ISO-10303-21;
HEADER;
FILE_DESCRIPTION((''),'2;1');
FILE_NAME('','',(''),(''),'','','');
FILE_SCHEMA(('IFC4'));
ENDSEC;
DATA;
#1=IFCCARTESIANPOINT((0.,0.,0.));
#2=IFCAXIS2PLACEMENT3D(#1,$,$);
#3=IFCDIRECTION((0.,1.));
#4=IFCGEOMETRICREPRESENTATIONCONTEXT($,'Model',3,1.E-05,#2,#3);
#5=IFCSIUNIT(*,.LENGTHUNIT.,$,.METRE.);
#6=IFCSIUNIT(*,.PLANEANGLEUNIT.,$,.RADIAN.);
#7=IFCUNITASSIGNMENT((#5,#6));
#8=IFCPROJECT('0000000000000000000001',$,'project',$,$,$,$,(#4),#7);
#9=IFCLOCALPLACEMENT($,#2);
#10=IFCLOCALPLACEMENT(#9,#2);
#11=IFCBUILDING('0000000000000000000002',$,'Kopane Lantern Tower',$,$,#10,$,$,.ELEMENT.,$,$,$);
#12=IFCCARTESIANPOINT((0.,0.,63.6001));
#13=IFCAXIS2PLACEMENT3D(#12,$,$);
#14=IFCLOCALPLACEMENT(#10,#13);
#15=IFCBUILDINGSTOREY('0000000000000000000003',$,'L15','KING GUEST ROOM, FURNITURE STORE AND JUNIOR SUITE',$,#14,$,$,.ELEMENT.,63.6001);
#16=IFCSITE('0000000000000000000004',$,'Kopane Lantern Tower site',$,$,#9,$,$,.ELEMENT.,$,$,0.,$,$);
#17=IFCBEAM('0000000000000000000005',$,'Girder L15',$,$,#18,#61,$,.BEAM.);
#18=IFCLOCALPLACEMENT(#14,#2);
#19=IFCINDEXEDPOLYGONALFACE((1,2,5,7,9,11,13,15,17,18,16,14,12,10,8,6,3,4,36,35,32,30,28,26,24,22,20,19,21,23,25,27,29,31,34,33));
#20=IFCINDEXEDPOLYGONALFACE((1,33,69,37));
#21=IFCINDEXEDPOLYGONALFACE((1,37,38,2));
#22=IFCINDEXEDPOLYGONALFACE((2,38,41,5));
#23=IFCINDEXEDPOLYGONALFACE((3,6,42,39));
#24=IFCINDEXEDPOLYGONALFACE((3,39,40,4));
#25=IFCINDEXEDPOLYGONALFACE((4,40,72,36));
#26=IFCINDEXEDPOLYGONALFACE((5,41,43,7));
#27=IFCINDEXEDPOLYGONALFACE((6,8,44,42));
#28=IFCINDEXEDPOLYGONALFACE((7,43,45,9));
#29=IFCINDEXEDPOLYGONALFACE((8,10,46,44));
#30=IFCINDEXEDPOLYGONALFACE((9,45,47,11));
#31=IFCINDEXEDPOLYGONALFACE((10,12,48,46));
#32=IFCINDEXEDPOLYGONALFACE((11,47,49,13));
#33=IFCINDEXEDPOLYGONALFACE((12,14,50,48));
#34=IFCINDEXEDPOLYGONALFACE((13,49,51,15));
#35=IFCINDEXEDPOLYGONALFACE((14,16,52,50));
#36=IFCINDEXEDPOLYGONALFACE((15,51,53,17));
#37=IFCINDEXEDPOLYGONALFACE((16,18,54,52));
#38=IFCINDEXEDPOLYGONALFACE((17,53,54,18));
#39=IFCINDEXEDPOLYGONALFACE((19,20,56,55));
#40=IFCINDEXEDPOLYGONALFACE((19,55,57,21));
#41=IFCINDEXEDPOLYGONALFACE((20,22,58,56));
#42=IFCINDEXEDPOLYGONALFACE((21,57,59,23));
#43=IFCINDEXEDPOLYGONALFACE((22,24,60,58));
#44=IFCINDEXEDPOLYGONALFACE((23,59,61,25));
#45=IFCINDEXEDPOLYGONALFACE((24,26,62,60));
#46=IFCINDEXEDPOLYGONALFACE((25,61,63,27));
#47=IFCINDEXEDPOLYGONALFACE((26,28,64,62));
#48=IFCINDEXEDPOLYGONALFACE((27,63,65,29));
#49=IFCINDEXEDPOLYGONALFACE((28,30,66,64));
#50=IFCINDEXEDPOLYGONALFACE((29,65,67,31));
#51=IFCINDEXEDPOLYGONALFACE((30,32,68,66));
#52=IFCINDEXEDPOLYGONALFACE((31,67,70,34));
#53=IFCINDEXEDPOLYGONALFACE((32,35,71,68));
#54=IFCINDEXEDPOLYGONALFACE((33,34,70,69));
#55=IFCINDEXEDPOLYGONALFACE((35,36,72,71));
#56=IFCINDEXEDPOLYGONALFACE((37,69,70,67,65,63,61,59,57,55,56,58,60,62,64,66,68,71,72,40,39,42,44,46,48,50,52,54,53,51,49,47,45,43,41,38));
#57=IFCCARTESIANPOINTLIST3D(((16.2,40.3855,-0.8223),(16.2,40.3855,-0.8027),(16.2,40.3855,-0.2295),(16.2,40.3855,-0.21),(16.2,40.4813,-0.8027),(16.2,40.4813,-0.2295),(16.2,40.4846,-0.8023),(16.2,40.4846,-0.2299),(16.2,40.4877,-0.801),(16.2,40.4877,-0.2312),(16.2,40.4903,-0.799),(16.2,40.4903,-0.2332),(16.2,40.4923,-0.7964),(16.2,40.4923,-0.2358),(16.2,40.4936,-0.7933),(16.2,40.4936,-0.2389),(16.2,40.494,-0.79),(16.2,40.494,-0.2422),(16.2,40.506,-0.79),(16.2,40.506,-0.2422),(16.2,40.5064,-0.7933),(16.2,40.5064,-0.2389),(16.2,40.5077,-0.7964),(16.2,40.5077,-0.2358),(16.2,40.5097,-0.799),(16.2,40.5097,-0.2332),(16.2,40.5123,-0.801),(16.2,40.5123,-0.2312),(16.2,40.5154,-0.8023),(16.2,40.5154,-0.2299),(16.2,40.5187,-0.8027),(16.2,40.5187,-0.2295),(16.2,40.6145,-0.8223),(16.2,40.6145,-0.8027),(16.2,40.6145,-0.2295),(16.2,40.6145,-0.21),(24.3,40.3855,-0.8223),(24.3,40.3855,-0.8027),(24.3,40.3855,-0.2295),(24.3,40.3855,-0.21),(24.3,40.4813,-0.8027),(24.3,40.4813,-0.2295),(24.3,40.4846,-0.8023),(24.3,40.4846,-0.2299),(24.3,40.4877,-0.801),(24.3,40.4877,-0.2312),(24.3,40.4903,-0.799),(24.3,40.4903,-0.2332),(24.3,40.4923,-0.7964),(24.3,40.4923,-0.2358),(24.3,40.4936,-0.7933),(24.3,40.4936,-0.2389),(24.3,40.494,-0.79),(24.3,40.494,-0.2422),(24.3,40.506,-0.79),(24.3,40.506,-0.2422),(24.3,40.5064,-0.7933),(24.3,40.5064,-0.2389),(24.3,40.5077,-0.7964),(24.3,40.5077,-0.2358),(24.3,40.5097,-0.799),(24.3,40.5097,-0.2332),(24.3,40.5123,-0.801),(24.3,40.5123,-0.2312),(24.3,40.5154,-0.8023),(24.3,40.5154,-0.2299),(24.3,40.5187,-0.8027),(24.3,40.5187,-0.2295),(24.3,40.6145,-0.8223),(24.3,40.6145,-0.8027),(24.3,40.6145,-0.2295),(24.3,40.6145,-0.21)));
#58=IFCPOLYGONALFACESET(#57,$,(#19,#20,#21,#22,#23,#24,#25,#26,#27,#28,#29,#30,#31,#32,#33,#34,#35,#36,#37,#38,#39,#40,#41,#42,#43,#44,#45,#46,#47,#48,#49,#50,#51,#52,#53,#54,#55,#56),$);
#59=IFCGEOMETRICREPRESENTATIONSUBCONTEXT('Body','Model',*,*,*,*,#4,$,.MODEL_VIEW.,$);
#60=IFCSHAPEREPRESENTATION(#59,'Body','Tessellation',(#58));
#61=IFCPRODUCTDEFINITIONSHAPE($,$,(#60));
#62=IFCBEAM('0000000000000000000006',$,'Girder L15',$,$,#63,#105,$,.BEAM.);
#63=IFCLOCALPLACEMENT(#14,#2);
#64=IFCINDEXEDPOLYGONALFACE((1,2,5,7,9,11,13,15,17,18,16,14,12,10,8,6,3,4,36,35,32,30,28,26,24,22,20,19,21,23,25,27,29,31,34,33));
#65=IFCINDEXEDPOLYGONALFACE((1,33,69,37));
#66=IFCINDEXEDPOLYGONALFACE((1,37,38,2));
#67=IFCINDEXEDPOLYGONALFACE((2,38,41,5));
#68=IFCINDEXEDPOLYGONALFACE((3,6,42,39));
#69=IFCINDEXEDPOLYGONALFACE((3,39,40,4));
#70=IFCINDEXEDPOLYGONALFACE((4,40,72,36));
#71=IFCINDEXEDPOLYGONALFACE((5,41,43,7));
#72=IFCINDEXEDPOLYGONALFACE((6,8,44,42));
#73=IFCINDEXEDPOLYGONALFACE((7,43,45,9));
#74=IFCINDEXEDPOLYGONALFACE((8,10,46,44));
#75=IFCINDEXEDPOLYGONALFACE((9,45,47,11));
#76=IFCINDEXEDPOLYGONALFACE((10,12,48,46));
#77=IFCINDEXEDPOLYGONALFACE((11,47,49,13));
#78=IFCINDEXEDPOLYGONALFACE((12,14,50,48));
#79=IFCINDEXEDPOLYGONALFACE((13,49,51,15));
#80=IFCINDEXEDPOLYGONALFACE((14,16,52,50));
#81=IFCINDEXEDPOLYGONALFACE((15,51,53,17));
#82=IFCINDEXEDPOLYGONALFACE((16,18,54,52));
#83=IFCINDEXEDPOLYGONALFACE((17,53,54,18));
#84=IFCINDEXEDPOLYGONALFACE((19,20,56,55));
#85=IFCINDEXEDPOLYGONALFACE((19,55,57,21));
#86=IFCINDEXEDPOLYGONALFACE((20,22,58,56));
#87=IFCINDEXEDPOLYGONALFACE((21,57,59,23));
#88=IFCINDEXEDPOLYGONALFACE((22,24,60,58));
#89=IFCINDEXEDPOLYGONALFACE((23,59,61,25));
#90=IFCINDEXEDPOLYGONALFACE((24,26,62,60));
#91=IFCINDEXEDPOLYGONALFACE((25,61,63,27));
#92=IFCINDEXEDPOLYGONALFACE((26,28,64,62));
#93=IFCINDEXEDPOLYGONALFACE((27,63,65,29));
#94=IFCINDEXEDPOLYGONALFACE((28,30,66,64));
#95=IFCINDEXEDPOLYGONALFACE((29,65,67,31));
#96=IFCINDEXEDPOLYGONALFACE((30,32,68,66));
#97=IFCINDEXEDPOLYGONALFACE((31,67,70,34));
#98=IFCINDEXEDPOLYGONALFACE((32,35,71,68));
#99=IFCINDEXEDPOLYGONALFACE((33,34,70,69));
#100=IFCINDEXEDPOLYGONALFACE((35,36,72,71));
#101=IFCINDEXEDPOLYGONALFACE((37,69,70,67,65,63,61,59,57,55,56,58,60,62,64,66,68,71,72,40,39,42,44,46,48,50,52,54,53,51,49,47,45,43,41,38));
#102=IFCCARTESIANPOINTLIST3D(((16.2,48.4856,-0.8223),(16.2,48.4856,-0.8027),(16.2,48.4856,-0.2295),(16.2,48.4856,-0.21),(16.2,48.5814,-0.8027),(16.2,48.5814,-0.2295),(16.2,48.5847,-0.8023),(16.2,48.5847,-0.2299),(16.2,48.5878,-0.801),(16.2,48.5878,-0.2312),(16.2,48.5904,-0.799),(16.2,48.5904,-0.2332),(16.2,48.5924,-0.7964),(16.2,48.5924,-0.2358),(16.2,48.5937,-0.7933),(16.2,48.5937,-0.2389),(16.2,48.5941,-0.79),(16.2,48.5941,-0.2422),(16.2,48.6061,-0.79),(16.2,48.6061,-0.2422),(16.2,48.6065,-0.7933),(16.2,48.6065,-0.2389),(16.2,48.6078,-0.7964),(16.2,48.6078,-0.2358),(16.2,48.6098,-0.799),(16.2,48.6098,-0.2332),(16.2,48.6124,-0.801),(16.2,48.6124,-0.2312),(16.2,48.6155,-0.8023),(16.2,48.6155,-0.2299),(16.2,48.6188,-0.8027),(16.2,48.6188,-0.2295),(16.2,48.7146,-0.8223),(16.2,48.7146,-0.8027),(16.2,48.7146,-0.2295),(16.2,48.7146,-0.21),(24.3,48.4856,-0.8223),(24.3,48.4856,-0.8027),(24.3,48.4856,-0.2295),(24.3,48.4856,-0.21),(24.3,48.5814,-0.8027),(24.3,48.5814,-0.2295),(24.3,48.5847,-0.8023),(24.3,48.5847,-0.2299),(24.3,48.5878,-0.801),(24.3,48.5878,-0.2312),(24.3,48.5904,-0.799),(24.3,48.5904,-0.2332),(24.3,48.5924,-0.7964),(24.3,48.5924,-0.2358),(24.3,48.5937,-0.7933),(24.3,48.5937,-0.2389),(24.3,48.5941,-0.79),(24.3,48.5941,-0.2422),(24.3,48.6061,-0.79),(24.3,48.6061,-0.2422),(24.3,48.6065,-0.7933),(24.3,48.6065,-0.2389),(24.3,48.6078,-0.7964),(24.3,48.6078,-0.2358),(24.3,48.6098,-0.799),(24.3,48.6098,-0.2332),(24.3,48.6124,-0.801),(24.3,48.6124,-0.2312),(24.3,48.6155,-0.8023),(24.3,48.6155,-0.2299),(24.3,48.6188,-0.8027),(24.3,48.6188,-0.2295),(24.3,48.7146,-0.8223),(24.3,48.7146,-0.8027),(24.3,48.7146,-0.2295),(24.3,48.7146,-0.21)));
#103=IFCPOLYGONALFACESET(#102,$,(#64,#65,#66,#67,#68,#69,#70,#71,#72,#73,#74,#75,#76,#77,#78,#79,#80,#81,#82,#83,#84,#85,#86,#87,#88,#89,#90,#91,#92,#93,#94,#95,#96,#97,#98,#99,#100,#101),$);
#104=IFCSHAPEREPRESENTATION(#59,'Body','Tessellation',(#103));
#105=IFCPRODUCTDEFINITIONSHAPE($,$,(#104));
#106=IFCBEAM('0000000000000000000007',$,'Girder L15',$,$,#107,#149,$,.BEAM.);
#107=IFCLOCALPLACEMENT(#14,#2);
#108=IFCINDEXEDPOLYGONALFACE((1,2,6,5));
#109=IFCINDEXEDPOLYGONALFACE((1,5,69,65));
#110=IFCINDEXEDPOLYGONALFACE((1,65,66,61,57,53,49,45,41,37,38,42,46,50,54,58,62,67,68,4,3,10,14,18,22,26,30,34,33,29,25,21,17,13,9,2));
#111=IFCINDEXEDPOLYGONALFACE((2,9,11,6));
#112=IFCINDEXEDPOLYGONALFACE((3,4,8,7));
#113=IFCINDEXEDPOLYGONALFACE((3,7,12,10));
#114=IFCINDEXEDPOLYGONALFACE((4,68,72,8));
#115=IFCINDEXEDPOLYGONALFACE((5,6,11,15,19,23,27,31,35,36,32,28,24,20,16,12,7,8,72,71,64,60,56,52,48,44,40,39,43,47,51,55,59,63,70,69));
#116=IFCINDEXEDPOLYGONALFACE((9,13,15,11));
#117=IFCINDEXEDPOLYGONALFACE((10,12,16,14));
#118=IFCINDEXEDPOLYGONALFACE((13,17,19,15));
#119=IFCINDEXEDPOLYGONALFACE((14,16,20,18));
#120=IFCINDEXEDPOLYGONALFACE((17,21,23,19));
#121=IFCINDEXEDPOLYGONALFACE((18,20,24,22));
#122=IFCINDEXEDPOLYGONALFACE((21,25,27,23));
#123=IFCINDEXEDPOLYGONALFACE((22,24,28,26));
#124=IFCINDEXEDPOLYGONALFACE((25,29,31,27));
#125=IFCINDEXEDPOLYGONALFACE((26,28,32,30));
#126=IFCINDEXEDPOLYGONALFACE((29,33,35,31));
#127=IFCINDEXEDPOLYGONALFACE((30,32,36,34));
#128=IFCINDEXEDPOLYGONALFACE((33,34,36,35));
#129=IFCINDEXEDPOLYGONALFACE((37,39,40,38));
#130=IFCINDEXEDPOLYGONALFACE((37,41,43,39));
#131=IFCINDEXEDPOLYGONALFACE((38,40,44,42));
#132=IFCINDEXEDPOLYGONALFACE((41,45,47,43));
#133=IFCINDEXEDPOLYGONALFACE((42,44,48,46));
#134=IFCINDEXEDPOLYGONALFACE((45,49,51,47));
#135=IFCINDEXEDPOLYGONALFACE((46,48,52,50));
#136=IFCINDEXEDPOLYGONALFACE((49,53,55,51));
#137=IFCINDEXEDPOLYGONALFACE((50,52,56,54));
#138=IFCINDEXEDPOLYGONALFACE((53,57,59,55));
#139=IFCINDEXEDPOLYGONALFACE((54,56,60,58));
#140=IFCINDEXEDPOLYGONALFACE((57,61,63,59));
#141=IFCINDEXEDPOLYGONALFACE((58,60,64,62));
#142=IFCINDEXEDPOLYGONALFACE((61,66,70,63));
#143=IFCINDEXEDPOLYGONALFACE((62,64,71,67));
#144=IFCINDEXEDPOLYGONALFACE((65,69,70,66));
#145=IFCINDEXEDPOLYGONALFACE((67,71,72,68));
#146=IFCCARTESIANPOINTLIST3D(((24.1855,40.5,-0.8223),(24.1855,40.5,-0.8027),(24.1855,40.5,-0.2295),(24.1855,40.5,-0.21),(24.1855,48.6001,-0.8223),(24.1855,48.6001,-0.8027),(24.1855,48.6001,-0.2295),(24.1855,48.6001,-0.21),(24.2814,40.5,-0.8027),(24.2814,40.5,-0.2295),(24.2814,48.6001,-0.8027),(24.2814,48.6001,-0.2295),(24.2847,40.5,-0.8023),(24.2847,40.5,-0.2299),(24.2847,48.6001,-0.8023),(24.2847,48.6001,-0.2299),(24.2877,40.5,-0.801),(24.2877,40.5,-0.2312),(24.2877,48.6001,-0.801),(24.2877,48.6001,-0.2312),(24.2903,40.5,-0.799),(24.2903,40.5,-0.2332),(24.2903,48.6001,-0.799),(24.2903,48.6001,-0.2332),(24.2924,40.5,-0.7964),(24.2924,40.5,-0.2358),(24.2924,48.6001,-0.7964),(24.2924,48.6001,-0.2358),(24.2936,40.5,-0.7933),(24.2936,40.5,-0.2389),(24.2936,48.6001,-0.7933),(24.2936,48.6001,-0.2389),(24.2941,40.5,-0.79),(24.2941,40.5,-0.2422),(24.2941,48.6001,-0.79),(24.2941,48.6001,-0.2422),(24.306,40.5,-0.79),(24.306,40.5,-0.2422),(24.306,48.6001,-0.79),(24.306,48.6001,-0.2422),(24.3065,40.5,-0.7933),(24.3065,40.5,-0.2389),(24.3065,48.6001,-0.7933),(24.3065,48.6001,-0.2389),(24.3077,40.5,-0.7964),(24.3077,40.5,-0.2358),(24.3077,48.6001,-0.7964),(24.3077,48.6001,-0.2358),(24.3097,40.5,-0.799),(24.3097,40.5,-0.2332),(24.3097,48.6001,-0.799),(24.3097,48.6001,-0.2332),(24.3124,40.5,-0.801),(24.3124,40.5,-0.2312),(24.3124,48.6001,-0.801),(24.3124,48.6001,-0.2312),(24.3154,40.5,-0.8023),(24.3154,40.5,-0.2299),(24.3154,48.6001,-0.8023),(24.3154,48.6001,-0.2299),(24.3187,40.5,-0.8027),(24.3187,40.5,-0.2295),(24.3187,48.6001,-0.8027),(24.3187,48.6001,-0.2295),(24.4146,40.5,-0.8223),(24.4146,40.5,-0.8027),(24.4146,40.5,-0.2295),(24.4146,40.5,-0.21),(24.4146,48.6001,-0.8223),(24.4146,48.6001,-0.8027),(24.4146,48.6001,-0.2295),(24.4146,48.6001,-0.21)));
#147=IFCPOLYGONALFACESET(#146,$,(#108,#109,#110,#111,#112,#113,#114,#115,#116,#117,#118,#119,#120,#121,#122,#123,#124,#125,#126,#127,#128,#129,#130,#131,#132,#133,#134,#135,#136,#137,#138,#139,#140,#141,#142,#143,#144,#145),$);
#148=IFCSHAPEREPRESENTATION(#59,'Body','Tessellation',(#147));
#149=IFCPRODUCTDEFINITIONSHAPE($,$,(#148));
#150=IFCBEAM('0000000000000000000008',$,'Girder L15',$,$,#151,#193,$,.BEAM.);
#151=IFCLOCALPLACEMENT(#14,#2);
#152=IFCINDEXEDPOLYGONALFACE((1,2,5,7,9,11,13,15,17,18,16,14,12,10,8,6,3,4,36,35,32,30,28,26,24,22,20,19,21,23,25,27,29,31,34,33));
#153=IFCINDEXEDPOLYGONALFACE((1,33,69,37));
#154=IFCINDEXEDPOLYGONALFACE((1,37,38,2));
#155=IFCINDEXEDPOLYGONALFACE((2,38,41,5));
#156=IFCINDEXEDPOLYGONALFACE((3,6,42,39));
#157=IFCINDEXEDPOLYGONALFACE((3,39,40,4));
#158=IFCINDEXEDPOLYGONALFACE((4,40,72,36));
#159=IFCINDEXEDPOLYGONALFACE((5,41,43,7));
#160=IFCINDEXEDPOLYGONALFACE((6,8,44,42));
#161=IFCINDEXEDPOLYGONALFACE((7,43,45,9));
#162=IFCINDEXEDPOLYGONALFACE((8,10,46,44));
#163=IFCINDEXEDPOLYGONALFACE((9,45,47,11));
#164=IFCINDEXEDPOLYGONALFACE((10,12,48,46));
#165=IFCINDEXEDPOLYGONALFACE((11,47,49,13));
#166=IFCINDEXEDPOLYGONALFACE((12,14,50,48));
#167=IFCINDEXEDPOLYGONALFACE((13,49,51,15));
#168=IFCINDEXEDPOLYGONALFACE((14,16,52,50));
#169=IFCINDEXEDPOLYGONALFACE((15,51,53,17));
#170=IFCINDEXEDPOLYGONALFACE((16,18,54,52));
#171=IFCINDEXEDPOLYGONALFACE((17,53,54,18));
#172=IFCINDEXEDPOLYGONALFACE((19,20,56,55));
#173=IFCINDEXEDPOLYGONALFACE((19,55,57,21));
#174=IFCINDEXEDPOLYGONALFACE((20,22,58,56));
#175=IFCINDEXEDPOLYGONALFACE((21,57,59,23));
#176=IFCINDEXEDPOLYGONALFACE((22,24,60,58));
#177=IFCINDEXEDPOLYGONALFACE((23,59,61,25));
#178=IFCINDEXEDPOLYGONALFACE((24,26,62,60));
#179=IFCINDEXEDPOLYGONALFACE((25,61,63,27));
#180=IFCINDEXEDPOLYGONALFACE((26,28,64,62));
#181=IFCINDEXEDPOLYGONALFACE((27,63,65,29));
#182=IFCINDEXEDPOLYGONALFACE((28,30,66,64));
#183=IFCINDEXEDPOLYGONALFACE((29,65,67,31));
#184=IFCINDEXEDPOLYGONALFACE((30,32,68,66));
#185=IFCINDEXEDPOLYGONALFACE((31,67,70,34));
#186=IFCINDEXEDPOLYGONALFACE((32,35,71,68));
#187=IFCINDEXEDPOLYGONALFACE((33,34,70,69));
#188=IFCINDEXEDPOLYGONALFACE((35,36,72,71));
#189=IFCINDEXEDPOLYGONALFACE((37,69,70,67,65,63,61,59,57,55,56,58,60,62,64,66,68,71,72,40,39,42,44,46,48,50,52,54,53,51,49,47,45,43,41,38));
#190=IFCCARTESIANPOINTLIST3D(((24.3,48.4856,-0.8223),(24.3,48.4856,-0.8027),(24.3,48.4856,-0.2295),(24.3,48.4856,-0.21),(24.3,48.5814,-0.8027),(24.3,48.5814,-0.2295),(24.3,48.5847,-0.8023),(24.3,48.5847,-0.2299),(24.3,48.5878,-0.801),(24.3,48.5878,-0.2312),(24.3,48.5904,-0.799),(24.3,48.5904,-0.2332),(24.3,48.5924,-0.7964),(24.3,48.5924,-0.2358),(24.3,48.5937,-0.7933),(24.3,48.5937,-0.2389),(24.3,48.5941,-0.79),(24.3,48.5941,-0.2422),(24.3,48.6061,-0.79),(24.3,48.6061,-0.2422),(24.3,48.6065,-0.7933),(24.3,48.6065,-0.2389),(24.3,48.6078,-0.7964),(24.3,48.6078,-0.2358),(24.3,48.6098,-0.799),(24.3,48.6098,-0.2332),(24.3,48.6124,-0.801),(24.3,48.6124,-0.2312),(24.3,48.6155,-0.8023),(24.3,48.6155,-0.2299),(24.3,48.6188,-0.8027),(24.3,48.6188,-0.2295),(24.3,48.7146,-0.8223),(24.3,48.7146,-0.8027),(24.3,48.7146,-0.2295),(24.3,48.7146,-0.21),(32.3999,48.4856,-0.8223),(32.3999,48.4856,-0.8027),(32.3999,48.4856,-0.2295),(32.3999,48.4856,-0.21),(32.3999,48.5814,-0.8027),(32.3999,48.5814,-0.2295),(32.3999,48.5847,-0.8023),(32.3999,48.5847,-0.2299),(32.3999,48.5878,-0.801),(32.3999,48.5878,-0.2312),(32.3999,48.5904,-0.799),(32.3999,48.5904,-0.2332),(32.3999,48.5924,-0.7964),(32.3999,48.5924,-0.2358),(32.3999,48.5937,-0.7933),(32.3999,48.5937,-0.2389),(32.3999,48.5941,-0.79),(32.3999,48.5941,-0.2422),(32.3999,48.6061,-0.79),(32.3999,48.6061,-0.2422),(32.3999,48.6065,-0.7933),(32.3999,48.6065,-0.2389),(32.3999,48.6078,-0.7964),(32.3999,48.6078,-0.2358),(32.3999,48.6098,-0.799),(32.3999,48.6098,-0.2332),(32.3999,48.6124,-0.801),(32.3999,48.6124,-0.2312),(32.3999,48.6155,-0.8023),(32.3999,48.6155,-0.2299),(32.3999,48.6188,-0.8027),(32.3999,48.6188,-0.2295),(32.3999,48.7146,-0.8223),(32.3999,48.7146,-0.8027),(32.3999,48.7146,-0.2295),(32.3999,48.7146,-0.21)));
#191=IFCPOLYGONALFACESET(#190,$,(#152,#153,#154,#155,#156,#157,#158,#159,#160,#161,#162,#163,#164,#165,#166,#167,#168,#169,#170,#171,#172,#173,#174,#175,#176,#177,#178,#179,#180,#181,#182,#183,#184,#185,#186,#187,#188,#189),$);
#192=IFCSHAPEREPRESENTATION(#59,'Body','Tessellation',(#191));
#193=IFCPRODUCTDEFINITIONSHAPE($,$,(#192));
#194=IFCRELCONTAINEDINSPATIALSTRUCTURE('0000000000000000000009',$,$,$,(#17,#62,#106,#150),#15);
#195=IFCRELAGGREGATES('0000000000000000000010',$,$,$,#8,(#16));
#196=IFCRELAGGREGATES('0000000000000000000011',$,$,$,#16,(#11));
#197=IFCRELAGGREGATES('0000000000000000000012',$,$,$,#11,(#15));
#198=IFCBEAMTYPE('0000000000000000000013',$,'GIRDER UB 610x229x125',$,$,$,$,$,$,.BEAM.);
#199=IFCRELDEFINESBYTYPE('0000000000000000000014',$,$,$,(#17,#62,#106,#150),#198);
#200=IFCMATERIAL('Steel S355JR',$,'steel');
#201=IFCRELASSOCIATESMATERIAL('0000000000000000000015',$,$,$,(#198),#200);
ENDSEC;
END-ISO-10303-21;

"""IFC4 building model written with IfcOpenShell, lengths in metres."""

from ifc_helpers import new_model, si_unit, direction, frame, origin, origin_2d, place, context, subcontext, project, spatial, i_section, extrude, material, material_profile, profile_set, type_object, element, save


model = new_model("IFC4")

# Units and contexts
model_context = context("Model", 3, precision=1e-05, world=origin(), true_north=direction((0.0, 1.0)))
body_context = subcontext(model_context, "Body", "Model", "MODEL_VIEW")
ifc_project = project(units=[si_unit("LENGTHUNIT", "METRE"), si_unit("PLANEANGLEUNIT", "RADIAN")], contexts=[model_context])

# Site, building, storey
site_placement = place(None, origin())
site = spatial("IfcSite", under=ifc_project, at=site_placement, Name="Kopane Lantern Tower site", CompositionType="ELEMENT", RefElevation=0.0)
building_placement = place(site_placement, origin())
building = spatial("IfcBuilding", under=site, at=building_placement, Name="Kopane Lantern Tower", CompositionType="ELEMENT")
storey_placement = place(building_placement, frame((0.0, 0.0, 63.6001)))
storey = spatial("IfcBuildingStorey", under=building, at=storey_placement, Name="L15", Description="KING GUEST ROOM, FURNITURE STORE AND JUNIOR SUITE", CompositionType="ELEMENT", Elevation=63.6001)

# Beams
ifc_material_1 = material(Name="Steel S355JR", Category="steel")
ifc_material_profile_1 = material_profile(ifc_material_1, i_section(OverallWidth=0.229, OverallDepth=0.6123, WebThickness=0.012, FlangeThickness=0.0195, FilletRadius=0.0127, at=origin_2d()), Name="UB 610x229x125")
ifc_profile_set_1 = profile_set([ifc_material_profile_1], Name="Steel S355JR")
beam_type_1 = type_object("IfcBeamType", Name="GIRDER UB 610x229x125", PredefinedType="BEAM", material=ifc_profile_set_1)
for number, where, z_axis, x_axis, name in (
    (1, (16.2, 40.5, -0.5161), (1.0, 0.0, 0.0), (0.0, 1.0, 0.0), "Girder L15"),
    (2, (16.2, 48.6001, -0.5161), (1.0, 0.0, 0.0), (0.0, 1.0, 0.0), "Girder L15"),
    (3, (24.3, 40.5, -0.5161), (0.0, 1.0, 0.0), (-1.0, 0.0, 0.0), "Girder L15"),
):
    element("IfcBeam", number, at=place(storey_placement, frame(where, z_axis=z_axis, x_axis=x_axis)), inside=storey, type_object=beam_type_1, Name=name, PredefinedType="BEAM", context=body_context, shape_type="SweptSolid", body=[
        extrude(i_section(OverallWidth=0.229, OverallDepth=0.6123, WebThickness=0.012, FlangeThickness=0.0195, FilletRadius=0.0127, at=origin_2d()), origin(), (0.0, 0.0, 1.0), 8.1001),
    ])
beam_1_placement = place(storey_placement, frame((24.3, 48.6001, -0.5161), z_axis=(1.0, 0.0, 0.0), x_axis=(0.0, 1.0, 0.0)))
element("IfcBeam", 4, at=beam_1_placement, inside=storey, type_object=beam_type_1, Name="Girder L15", PredefinedType="BEAM", context=body_context, shape_type="SweptSolid", body=[
    extrude(i_section(OverallWidth=0.229, OverallDepth=0.6123, WebThickness=0.012, FlangeThickness=0.0195, FilletRadius=0.0127, at=origin_2d()), origin(), (0.0, 0.0, 1.0), 8.0999),
])

save(model, "model.ifc")
